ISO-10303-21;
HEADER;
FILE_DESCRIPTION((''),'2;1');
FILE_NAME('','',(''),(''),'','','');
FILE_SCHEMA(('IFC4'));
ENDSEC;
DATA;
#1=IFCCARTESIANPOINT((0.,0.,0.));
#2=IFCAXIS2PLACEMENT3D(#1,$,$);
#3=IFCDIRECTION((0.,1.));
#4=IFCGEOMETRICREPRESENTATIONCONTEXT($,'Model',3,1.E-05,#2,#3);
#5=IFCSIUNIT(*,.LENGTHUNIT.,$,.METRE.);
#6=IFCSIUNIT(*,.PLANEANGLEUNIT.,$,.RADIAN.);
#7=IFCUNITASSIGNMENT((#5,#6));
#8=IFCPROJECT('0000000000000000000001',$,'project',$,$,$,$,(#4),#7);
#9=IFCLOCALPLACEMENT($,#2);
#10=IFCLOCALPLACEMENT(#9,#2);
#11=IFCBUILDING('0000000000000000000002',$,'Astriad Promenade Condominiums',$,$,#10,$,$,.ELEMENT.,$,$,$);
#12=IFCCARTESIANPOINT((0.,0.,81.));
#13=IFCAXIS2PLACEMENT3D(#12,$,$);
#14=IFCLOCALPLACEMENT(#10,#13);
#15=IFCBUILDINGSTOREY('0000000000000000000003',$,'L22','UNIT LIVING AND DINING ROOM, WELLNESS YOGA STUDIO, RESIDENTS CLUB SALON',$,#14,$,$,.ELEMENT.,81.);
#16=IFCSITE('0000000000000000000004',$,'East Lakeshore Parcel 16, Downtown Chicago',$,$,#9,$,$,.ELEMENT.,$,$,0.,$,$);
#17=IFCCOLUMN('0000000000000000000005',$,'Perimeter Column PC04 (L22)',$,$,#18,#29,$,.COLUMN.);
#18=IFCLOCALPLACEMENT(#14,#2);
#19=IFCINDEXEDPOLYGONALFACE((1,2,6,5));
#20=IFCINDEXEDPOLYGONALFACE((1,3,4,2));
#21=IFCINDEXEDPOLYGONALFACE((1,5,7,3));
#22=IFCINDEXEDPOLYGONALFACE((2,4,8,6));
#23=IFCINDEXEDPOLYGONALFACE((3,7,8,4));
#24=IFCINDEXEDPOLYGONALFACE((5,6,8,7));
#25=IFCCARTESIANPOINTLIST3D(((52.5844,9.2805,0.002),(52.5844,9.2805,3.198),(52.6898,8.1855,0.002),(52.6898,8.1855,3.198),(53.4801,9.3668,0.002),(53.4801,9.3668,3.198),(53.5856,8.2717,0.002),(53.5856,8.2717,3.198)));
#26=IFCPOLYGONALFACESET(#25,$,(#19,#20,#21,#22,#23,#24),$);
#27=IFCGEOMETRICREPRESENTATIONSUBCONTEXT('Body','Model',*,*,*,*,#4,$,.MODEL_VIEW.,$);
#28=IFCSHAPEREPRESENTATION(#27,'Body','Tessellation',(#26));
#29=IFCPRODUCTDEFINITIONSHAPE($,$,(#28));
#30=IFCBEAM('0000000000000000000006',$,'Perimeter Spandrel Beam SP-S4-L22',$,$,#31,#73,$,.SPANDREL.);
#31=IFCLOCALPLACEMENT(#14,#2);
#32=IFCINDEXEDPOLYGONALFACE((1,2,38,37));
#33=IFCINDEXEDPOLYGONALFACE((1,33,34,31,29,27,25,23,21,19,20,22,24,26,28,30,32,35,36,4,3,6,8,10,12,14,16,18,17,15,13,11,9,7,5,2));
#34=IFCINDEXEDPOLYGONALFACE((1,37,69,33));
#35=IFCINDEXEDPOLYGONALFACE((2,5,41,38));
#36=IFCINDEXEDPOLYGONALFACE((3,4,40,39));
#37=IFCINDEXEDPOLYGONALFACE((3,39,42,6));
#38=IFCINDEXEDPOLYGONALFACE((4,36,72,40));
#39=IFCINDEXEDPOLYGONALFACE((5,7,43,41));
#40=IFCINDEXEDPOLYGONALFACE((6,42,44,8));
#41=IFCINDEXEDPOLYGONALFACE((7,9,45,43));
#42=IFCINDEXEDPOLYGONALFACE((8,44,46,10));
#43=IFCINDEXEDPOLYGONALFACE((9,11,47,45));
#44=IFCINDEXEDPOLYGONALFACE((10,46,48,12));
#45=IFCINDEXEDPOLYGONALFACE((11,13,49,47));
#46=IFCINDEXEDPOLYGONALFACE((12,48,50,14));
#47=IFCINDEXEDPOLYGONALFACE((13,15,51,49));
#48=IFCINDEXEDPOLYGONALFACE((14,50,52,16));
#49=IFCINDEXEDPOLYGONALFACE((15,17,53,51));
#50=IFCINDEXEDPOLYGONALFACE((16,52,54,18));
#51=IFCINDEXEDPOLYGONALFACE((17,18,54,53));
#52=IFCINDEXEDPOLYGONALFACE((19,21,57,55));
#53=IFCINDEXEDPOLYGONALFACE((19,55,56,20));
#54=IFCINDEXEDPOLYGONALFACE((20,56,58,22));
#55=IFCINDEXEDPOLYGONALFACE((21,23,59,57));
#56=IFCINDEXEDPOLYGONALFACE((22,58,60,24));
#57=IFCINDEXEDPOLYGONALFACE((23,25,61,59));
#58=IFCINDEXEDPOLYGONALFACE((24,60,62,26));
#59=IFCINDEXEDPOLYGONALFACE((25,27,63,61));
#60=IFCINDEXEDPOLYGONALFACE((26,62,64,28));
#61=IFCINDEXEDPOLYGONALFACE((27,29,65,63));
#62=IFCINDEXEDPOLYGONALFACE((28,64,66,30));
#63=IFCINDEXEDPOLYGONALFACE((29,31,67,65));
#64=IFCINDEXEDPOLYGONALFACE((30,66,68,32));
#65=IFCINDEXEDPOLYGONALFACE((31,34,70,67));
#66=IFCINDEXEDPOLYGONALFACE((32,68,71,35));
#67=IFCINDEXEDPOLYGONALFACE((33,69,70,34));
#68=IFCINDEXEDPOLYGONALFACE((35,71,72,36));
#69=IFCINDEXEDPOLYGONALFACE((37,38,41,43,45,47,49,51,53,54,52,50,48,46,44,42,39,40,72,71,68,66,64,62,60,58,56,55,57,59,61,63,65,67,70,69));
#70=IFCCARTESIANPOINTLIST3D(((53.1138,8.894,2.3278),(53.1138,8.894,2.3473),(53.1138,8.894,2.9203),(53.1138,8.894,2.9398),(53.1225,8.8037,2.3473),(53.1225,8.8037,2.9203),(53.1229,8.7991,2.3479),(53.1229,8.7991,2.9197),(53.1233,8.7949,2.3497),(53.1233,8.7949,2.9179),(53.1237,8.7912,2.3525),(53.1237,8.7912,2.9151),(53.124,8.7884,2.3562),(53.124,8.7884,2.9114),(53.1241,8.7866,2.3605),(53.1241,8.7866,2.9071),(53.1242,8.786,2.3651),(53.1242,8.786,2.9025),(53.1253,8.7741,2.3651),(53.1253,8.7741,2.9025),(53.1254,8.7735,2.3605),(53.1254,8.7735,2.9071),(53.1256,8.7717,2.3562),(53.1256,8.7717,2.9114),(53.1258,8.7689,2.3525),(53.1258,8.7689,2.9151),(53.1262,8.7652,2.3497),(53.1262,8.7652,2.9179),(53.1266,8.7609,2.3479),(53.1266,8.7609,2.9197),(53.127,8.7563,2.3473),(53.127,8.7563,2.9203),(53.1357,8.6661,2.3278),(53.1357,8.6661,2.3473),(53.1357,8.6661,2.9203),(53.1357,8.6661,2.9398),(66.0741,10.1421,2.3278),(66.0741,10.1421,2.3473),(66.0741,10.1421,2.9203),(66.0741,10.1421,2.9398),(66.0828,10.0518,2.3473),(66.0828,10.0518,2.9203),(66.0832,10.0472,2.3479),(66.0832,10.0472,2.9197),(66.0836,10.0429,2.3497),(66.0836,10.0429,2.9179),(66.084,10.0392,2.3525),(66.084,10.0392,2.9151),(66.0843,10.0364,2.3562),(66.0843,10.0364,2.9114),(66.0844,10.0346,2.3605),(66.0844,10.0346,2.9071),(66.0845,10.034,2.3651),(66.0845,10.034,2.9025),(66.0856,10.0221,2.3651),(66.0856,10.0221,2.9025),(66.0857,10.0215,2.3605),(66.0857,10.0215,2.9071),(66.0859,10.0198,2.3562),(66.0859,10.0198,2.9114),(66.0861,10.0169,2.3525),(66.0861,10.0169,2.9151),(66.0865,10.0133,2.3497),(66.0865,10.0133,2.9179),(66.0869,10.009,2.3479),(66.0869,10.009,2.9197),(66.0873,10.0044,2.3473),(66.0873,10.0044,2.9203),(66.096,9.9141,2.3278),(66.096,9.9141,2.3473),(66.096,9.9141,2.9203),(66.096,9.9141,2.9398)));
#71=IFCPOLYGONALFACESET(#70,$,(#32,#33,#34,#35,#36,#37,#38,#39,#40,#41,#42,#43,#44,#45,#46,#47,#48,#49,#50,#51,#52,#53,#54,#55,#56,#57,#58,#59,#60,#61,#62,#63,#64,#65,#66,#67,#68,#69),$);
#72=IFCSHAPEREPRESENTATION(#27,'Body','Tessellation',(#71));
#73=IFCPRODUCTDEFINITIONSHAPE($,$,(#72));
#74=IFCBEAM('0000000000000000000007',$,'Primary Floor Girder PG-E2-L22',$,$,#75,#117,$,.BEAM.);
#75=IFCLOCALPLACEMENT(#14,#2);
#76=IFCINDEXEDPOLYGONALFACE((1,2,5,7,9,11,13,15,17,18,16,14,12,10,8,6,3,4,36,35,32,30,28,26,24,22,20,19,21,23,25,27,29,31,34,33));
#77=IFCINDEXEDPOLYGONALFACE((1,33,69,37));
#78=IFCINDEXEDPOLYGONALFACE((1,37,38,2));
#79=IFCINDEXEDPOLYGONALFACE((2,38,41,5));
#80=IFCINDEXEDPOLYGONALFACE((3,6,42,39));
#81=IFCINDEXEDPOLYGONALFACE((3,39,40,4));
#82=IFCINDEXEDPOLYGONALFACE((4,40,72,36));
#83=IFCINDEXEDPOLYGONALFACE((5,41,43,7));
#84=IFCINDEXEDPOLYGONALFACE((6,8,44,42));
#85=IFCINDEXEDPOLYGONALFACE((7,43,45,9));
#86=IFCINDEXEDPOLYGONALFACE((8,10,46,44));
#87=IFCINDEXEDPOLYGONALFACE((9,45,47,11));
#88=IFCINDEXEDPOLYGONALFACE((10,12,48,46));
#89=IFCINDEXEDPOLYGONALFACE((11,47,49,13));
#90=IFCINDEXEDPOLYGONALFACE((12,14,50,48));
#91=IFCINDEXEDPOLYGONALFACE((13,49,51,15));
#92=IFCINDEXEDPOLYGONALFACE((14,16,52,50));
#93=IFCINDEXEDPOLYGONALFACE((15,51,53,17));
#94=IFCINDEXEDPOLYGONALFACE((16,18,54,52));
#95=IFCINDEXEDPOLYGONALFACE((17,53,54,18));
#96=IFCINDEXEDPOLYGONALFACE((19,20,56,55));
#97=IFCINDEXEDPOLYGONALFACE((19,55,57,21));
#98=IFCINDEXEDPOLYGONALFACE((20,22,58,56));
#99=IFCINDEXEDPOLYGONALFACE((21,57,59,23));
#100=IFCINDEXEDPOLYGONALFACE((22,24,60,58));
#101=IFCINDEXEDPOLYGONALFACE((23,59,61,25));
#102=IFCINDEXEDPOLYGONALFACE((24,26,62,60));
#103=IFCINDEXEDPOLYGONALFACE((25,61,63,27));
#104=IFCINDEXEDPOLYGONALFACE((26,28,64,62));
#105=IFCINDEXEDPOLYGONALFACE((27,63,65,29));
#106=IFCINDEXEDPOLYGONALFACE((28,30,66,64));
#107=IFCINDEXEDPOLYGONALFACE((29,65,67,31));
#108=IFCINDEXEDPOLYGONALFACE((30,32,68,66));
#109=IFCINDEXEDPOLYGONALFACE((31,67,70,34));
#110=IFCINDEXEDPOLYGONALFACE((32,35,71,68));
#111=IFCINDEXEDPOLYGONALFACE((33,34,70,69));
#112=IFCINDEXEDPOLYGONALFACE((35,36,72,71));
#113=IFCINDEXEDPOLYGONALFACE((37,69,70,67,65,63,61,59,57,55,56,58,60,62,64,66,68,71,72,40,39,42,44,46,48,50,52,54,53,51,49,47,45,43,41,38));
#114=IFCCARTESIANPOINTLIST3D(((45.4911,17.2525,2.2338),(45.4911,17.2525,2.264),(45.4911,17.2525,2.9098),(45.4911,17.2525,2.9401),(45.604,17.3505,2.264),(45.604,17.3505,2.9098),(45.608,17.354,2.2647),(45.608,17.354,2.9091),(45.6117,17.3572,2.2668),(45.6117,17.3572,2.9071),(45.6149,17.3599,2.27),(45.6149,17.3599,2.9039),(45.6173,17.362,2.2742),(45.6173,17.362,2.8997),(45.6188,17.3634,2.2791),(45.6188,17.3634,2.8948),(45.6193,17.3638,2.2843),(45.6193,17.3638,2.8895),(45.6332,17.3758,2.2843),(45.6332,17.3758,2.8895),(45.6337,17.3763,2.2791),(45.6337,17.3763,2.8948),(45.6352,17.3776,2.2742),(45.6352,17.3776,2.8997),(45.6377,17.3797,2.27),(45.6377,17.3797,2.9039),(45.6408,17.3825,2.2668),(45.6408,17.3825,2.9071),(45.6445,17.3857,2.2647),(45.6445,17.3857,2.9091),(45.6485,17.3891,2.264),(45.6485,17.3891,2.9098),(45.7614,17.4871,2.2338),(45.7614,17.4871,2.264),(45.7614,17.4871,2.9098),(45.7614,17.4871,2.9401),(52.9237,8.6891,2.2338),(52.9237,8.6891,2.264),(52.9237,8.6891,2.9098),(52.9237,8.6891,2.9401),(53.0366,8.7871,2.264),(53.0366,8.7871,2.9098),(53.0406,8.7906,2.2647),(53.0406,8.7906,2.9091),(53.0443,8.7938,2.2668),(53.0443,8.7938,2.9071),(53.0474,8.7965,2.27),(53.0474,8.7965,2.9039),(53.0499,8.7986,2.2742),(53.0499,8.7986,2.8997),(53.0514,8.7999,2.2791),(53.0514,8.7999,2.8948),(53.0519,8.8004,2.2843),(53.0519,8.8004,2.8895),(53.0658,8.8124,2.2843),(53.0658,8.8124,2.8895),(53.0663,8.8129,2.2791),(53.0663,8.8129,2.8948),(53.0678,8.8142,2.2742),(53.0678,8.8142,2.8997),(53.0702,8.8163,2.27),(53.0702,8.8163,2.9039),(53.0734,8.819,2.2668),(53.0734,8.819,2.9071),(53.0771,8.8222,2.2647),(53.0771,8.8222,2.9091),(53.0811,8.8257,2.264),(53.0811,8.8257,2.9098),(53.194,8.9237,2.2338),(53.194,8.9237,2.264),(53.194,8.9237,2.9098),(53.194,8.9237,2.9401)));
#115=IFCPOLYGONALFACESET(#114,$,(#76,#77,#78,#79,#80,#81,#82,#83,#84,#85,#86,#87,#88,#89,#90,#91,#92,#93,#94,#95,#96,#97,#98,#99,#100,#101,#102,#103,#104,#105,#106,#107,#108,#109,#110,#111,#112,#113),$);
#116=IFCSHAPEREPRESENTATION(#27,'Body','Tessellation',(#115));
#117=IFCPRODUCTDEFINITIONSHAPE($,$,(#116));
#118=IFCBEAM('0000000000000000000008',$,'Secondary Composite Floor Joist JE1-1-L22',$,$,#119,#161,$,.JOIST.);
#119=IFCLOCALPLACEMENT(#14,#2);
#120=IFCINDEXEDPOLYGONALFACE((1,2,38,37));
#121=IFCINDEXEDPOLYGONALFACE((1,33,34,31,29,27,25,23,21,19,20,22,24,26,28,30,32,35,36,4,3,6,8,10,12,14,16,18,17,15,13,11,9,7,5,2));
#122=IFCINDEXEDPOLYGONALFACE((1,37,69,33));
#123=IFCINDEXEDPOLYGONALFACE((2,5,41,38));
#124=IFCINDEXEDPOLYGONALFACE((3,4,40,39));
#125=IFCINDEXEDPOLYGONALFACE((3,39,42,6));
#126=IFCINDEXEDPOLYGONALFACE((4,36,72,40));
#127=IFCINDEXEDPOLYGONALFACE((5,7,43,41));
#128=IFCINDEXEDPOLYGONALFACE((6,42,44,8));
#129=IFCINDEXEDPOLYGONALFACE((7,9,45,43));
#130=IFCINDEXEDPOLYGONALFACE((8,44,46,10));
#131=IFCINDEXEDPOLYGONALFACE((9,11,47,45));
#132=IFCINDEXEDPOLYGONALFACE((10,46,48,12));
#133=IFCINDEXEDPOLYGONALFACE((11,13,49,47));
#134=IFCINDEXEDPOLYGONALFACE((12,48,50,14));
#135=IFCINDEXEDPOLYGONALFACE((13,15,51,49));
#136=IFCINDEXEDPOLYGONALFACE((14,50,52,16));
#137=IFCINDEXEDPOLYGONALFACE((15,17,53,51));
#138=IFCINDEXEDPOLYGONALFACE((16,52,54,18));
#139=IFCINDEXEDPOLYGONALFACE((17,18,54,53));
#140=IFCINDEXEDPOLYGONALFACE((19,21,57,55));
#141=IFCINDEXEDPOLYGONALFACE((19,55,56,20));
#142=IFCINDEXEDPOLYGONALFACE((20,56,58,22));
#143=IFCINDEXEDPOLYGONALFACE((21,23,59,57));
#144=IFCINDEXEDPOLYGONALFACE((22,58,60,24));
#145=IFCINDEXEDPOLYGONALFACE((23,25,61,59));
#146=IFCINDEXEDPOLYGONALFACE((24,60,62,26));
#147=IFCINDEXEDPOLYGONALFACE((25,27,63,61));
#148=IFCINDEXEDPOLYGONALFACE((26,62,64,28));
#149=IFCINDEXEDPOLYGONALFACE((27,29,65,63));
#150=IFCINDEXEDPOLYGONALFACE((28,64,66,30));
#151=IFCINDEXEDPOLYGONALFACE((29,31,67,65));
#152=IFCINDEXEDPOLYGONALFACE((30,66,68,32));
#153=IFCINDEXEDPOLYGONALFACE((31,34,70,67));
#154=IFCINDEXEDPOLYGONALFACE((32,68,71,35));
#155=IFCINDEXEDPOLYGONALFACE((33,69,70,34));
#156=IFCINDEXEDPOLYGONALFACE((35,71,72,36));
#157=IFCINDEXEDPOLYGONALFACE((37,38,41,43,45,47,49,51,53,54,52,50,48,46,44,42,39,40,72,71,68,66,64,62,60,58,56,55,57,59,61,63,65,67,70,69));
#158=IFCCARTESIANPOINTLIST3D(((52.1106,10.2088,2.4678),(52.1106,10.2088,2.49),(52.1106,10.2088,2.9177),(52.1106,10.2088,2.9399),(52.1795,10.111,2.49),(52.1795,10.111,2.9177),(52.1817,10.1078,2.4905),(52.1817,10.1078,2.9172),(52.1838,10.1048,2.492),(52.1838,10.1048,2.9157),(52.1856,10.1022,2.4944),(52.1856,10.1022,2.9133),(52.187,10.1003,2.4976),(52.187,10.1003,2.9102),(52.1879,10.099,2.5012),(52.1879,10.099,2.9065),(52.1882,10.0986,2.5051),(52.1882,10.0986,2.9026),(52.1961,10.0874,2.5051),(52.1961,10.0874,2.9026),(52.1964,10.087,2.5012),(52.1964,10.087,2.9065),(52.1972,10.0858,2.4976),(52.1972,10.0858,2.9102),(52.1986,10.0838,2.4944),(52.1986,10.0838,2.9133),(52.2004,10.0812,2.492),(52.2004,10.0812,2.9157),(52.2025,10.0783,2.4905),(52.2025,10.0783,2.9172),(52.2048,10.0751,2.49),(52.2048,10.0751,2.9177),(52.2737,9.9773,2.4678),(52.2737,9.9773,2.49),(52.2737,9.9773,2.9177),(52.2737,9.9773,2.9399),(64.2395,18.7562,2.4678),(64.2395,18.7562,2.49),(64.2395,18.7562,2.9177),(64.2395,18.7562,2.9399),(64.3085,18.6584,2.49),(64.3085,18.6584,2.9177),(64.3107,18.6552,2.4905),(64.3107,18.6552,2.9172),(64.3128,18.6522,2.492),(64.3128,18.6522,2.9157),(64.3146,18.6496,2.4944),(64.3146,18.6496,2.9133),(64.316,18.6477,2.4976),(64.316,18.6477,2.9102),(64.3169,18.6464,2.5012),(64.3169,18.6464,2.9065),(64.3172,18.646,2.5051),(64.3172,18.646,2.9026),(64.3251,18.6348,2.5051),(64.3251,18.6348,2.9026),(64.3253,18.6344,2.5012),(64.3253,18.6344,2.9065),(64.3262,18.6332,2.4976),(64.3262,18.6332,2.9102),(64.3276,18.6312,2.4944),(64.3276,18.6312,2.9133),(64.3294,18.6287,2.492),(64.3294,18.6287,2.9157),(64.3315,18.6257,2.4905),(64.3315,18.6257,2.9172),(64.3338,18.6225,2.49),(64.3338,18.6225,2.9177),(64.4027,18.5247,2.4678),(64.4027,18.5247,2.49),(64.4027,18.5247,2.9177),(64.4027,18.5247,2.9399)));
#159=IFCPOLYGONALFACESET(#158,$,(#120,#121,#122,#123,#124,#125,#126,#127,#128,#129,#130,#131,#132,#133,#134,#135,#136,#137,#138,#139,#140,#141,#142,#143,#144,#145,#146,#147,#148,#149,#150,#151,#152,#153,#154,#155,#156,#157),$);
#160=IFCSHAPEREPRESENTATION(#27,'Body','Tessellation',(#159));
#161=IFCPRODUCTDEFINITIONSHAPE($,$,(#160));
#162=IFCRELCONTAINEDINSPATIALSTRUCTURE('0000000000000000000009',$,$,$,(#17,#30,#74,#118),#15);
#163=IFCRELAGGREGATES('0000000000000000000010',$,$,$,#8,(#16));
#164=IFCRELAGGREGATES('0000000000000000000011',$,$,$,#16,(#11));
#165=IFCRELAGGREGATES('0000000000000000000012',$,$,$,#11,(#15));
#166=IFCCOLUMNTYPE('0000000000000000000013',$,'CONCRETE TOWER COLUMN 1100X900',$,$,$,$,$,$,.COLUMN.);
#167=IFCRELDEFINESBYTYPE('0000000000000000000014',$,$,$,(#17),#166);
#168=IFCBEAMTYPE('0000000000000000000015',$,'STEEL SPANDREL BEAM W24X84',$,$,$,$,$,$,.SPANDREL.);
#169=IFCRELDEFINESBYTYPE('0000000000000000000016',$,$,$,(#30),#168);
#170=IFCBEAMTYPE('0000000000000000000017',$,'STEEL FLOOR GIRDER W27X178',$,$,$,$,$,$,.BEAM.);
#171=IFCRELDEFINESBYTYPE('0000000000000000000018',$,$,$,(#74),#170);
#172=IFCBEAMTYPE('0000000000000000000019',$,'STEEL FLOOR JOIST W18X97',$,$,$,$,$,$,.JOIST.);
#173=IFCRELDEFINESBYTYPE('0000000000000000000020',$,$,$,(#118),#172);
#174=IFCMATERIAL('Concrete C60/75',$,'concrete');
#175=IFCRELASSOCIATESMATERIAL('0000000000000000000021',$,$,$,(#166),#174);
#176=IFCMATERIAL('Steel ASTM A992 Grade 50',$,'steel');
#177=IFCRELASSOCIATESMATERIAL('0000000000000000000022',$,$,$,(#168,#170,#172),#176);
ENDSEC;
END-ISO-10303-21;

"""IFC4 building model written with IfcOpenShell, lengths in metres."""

from ifc_helpers import new_model, si_unit, direction, frame, origin, origin_2d, place, context, subcontext, project, spatial, rectangle, i_section, extrude, source, transform, mapped, material, material_profile, profile_set, type_object, type_shapes, element, save


model = new_model("IFC4")

# Units and contexts
model_context = context("Model", 3, precision=1e-05, world=origin(), true_north=direction((0.0, 1.0)))
body_context = subcontext(model_context, "Body", "Model", "MODEL_VIEW")
ifc_project = project(units=[si_unit("LENGTHUNIT", "METRE"), si_unit("PLANEANGLEUNIT", "RADIAN")], contexts=[model_context])

# Site, building, storey
site_placement = place(None, origin())
site = spatial("IfcSite", under=ifc_project, at=site_placement, Name="East Lakeshore Parcel 16, Downtown Chicago", CompositionType="ELEMENT", RefElevation=0.0)
building_placement = place(site_placement, origin())
building = spatial("IfcBuilding", under=site, at=building_placement, Name="Astriad Promenade Condominiums", CompositionType="ELEMENT")
storey_placement = place(building_placement, frame((0.0, 0.0, 81.0)))
storey = spatial("IfcBuildingStorey", under=building, at=storey_placement, Name="L22", Description="UNIT LIVING AND DINING ROOM, WELLNESS YOGA STUDIO, RESIDENTS CLUB SALON", CompositionType="ELEMENT", Elevation=81.0)

# Column
ifc_material_1 = material(Name="Concrete C60/75", Category="concrete")
ifc_material_profile_1 = material_profile(ifc_material_1, rectangle(XDim=0.8999, YDim=1.1001, at=origin_2d()), Name="RC-COL-1100X900")
ifc_profile_set_1 = profile_set([ifc_material_profile_1], Name="Concrete C60/75")
column_type = type_object("IfcColumnType", Name="CONCRETE TOWER COLUMN 1100X900", PredefinedType="COLUMN", material=ifc_profile_set_1)
shared_shape_1 = source(origin(), body_context, "Body", "SweptSolid", [
    extrude(rectangle(XDim=0.8999, YDim=1.1001, at=origin_2d()), origin(), (0.0, 0.0, 1.0), 3.196),
])
type_shapes(column_type, [shared_shape_1])
column_placement = place(storey_placement, frame((53.085, 8.7761, 0.002), z_axis=(0.0, 0.0, 1.0), x_axis=(0.995396, 0.095846, 0.0)))
element("IfcColumn", 1, at=column_placement, inside=storey, type_object=column_type, Name="Perimeter Column PC04 (L22)", PredefinedType="COLUMN", context=body_context, shape_type="MappedRepresentation", body=[
    mapped(shared_shape_1, transform((0.0, 0.0, 0.0), scale=1.0)),
])

# Beams
ifc_material_2 = material(Name="Steel ASTM A992 Grade 50", Category="steel")
ifc_material_profile_2 = material_profile(ifc_material_2, i_section(OverallWidth=0.229, OverallDepth=0.6121, WebThickness=0.012, FlangeThickness=0.0195, FilletRadius=0.0178, at=origin_2d()), Name="W24X84")
ifc_profile_set_2 = profile_set([ifc_material_profile_2], Name="Steel ASTM A992 Grade 50")
beam_type_1 = type_object("IfcBeamType", Name="STEEL SPANDREL BEAM W24X84", PredefinedType="SPANDREL", material=ifc_profile_set_2)
shared_shape_2 = source(origin(), body_context, "Body", "SweptSolid", [
    extrude(i_section(OverallWidth=0.229, OverallDepth=0.6121, WebThickness=0.012, FlangeThickness=0.0195, FilletRadius=0.0178, at=origin_2d()), origin(), (0.0, 0.0, 1.0), 13.0203),
])
type_shapes(beam_type_1, [shared_shape_2])
beam_1_placement = place(storey_placement, frame((53.1248, 8.78, 2.6338), z_axis=(0.995395, 0.095855, 0.0), x_axis=(-0.095855, 0.995395, 0.0)))
element("IfcBeam", 2, at=beam_1_placement, inside=storey, type_object=beam_type_1, Name="Perimeter Spandrel Beam SP-S4-L22", PredefinedType="SPANDREL", context=body_context, shape_type="MappedRepresentation", body=[
    mapped(shared_shape_2, transform((0.0, 0.0, 0.0), scale=1.0)),
])
ifc_material_profile_3 = material_profile(ifc_material_2, i_section(OverallWidth=0.3579, OverallDepth=0.7063, WebThickness=0.0183, FlangeThickness=0.0303, FilletRadius=0.0203, at=origin_2d()), Name="W27X178")
ifc_profile_set_3 = profile_set([ifc_material_profile_3], Name="Steel ASTM A992 Grade 50")
beam_type_2 = type_object("IfcBeamType", Name="STEEL FLOOR GIRDER W27X178", PredefinedType="BEAM", material=ifc_profile_set_3)
shared_shape_3 = source(origin(), body_context, "Body", "SweptSolid", [
    extrude(i_section(OverallWidth=0.3579, OverallDepth=0.7063, WebThickness=0.0183, FlangeThickness=0.0303, FilletRadius=0.0203, at=origin_2d()), origin(), (0.0, 0.0, 1.0), 11.3391),
])
type_shapes(beam_type_2, [shared_shape_3])
beam_2_placement = place(storey_placement, frame((53.0588, 8.8064, 2.5869), z_axis=(-0.655481, 0.755211, 0.0), x_axis=(-0.755211, -0.655481, 0.0)))
element("IfcBeam", 3, at=beam_2_placement, inside=storey, type_object=beam_type_2, Name="Primary Floor Girder PG-E2-L22", PredefinedType="BEAM", context=body_context, shape_type="MappedRepresentation", body=[
    mapped(shared_shape_3, transform((0.0, 0.0, 0.0), scale=1.0)),
])
ifc_material_profile_4 = material_profile(ifc_material_2, i_section(OverallWidth=0.2832, OverallDepth=0.4722, WebThickness=0.0137, FlangeThickness=0.0222, FilletRadius=0.0151, at=origin_2d()), Name="W18X97")
ifc_profile_set_4 = profile_set([ifc_material_profile_4], Name="Steel ASTM A992 Grade 50")
beam_type_3 = type_object("IfcBeamType", Name="STEEL FLOOR JOIST W18X97", PredefinedType="JOIST", material=ifc_profile_set_4)
shared_shape_4 = source(origin(), body_context, "Body", "SweptSolid", [
    extrude(i_section(OverallWidth=0.2832, OverallDepth=0.4722, WebThickness=0.0137, FlangeThickness=0.0222, FilletRadius=0.0151, at=origin_2d()), origin(), (0.0, 0.0, 1.0), 14.8381),
])
beam_3_placement = place(storey_placement, frame((52.1921, 10.093, 2.7039), z_axis=(0.817419, 0.576043, 0.0), x_axis=(-0.576043, 0.817419, 0.0)))
element("IfcBeam", 4, at=beam_3_placement, inside=storey, type_object=beam_type_3, Name="Secondary Composite Floor Joist JE1-1-L22", PredefinedType="JOIST", context=body_context, shape_type="MappedRepresentation", body=[
    mapped(shared_shape_4, transform((0.0, 0.0, 0.0), scale=1.0)),
])

save(model, "model.ifc")
